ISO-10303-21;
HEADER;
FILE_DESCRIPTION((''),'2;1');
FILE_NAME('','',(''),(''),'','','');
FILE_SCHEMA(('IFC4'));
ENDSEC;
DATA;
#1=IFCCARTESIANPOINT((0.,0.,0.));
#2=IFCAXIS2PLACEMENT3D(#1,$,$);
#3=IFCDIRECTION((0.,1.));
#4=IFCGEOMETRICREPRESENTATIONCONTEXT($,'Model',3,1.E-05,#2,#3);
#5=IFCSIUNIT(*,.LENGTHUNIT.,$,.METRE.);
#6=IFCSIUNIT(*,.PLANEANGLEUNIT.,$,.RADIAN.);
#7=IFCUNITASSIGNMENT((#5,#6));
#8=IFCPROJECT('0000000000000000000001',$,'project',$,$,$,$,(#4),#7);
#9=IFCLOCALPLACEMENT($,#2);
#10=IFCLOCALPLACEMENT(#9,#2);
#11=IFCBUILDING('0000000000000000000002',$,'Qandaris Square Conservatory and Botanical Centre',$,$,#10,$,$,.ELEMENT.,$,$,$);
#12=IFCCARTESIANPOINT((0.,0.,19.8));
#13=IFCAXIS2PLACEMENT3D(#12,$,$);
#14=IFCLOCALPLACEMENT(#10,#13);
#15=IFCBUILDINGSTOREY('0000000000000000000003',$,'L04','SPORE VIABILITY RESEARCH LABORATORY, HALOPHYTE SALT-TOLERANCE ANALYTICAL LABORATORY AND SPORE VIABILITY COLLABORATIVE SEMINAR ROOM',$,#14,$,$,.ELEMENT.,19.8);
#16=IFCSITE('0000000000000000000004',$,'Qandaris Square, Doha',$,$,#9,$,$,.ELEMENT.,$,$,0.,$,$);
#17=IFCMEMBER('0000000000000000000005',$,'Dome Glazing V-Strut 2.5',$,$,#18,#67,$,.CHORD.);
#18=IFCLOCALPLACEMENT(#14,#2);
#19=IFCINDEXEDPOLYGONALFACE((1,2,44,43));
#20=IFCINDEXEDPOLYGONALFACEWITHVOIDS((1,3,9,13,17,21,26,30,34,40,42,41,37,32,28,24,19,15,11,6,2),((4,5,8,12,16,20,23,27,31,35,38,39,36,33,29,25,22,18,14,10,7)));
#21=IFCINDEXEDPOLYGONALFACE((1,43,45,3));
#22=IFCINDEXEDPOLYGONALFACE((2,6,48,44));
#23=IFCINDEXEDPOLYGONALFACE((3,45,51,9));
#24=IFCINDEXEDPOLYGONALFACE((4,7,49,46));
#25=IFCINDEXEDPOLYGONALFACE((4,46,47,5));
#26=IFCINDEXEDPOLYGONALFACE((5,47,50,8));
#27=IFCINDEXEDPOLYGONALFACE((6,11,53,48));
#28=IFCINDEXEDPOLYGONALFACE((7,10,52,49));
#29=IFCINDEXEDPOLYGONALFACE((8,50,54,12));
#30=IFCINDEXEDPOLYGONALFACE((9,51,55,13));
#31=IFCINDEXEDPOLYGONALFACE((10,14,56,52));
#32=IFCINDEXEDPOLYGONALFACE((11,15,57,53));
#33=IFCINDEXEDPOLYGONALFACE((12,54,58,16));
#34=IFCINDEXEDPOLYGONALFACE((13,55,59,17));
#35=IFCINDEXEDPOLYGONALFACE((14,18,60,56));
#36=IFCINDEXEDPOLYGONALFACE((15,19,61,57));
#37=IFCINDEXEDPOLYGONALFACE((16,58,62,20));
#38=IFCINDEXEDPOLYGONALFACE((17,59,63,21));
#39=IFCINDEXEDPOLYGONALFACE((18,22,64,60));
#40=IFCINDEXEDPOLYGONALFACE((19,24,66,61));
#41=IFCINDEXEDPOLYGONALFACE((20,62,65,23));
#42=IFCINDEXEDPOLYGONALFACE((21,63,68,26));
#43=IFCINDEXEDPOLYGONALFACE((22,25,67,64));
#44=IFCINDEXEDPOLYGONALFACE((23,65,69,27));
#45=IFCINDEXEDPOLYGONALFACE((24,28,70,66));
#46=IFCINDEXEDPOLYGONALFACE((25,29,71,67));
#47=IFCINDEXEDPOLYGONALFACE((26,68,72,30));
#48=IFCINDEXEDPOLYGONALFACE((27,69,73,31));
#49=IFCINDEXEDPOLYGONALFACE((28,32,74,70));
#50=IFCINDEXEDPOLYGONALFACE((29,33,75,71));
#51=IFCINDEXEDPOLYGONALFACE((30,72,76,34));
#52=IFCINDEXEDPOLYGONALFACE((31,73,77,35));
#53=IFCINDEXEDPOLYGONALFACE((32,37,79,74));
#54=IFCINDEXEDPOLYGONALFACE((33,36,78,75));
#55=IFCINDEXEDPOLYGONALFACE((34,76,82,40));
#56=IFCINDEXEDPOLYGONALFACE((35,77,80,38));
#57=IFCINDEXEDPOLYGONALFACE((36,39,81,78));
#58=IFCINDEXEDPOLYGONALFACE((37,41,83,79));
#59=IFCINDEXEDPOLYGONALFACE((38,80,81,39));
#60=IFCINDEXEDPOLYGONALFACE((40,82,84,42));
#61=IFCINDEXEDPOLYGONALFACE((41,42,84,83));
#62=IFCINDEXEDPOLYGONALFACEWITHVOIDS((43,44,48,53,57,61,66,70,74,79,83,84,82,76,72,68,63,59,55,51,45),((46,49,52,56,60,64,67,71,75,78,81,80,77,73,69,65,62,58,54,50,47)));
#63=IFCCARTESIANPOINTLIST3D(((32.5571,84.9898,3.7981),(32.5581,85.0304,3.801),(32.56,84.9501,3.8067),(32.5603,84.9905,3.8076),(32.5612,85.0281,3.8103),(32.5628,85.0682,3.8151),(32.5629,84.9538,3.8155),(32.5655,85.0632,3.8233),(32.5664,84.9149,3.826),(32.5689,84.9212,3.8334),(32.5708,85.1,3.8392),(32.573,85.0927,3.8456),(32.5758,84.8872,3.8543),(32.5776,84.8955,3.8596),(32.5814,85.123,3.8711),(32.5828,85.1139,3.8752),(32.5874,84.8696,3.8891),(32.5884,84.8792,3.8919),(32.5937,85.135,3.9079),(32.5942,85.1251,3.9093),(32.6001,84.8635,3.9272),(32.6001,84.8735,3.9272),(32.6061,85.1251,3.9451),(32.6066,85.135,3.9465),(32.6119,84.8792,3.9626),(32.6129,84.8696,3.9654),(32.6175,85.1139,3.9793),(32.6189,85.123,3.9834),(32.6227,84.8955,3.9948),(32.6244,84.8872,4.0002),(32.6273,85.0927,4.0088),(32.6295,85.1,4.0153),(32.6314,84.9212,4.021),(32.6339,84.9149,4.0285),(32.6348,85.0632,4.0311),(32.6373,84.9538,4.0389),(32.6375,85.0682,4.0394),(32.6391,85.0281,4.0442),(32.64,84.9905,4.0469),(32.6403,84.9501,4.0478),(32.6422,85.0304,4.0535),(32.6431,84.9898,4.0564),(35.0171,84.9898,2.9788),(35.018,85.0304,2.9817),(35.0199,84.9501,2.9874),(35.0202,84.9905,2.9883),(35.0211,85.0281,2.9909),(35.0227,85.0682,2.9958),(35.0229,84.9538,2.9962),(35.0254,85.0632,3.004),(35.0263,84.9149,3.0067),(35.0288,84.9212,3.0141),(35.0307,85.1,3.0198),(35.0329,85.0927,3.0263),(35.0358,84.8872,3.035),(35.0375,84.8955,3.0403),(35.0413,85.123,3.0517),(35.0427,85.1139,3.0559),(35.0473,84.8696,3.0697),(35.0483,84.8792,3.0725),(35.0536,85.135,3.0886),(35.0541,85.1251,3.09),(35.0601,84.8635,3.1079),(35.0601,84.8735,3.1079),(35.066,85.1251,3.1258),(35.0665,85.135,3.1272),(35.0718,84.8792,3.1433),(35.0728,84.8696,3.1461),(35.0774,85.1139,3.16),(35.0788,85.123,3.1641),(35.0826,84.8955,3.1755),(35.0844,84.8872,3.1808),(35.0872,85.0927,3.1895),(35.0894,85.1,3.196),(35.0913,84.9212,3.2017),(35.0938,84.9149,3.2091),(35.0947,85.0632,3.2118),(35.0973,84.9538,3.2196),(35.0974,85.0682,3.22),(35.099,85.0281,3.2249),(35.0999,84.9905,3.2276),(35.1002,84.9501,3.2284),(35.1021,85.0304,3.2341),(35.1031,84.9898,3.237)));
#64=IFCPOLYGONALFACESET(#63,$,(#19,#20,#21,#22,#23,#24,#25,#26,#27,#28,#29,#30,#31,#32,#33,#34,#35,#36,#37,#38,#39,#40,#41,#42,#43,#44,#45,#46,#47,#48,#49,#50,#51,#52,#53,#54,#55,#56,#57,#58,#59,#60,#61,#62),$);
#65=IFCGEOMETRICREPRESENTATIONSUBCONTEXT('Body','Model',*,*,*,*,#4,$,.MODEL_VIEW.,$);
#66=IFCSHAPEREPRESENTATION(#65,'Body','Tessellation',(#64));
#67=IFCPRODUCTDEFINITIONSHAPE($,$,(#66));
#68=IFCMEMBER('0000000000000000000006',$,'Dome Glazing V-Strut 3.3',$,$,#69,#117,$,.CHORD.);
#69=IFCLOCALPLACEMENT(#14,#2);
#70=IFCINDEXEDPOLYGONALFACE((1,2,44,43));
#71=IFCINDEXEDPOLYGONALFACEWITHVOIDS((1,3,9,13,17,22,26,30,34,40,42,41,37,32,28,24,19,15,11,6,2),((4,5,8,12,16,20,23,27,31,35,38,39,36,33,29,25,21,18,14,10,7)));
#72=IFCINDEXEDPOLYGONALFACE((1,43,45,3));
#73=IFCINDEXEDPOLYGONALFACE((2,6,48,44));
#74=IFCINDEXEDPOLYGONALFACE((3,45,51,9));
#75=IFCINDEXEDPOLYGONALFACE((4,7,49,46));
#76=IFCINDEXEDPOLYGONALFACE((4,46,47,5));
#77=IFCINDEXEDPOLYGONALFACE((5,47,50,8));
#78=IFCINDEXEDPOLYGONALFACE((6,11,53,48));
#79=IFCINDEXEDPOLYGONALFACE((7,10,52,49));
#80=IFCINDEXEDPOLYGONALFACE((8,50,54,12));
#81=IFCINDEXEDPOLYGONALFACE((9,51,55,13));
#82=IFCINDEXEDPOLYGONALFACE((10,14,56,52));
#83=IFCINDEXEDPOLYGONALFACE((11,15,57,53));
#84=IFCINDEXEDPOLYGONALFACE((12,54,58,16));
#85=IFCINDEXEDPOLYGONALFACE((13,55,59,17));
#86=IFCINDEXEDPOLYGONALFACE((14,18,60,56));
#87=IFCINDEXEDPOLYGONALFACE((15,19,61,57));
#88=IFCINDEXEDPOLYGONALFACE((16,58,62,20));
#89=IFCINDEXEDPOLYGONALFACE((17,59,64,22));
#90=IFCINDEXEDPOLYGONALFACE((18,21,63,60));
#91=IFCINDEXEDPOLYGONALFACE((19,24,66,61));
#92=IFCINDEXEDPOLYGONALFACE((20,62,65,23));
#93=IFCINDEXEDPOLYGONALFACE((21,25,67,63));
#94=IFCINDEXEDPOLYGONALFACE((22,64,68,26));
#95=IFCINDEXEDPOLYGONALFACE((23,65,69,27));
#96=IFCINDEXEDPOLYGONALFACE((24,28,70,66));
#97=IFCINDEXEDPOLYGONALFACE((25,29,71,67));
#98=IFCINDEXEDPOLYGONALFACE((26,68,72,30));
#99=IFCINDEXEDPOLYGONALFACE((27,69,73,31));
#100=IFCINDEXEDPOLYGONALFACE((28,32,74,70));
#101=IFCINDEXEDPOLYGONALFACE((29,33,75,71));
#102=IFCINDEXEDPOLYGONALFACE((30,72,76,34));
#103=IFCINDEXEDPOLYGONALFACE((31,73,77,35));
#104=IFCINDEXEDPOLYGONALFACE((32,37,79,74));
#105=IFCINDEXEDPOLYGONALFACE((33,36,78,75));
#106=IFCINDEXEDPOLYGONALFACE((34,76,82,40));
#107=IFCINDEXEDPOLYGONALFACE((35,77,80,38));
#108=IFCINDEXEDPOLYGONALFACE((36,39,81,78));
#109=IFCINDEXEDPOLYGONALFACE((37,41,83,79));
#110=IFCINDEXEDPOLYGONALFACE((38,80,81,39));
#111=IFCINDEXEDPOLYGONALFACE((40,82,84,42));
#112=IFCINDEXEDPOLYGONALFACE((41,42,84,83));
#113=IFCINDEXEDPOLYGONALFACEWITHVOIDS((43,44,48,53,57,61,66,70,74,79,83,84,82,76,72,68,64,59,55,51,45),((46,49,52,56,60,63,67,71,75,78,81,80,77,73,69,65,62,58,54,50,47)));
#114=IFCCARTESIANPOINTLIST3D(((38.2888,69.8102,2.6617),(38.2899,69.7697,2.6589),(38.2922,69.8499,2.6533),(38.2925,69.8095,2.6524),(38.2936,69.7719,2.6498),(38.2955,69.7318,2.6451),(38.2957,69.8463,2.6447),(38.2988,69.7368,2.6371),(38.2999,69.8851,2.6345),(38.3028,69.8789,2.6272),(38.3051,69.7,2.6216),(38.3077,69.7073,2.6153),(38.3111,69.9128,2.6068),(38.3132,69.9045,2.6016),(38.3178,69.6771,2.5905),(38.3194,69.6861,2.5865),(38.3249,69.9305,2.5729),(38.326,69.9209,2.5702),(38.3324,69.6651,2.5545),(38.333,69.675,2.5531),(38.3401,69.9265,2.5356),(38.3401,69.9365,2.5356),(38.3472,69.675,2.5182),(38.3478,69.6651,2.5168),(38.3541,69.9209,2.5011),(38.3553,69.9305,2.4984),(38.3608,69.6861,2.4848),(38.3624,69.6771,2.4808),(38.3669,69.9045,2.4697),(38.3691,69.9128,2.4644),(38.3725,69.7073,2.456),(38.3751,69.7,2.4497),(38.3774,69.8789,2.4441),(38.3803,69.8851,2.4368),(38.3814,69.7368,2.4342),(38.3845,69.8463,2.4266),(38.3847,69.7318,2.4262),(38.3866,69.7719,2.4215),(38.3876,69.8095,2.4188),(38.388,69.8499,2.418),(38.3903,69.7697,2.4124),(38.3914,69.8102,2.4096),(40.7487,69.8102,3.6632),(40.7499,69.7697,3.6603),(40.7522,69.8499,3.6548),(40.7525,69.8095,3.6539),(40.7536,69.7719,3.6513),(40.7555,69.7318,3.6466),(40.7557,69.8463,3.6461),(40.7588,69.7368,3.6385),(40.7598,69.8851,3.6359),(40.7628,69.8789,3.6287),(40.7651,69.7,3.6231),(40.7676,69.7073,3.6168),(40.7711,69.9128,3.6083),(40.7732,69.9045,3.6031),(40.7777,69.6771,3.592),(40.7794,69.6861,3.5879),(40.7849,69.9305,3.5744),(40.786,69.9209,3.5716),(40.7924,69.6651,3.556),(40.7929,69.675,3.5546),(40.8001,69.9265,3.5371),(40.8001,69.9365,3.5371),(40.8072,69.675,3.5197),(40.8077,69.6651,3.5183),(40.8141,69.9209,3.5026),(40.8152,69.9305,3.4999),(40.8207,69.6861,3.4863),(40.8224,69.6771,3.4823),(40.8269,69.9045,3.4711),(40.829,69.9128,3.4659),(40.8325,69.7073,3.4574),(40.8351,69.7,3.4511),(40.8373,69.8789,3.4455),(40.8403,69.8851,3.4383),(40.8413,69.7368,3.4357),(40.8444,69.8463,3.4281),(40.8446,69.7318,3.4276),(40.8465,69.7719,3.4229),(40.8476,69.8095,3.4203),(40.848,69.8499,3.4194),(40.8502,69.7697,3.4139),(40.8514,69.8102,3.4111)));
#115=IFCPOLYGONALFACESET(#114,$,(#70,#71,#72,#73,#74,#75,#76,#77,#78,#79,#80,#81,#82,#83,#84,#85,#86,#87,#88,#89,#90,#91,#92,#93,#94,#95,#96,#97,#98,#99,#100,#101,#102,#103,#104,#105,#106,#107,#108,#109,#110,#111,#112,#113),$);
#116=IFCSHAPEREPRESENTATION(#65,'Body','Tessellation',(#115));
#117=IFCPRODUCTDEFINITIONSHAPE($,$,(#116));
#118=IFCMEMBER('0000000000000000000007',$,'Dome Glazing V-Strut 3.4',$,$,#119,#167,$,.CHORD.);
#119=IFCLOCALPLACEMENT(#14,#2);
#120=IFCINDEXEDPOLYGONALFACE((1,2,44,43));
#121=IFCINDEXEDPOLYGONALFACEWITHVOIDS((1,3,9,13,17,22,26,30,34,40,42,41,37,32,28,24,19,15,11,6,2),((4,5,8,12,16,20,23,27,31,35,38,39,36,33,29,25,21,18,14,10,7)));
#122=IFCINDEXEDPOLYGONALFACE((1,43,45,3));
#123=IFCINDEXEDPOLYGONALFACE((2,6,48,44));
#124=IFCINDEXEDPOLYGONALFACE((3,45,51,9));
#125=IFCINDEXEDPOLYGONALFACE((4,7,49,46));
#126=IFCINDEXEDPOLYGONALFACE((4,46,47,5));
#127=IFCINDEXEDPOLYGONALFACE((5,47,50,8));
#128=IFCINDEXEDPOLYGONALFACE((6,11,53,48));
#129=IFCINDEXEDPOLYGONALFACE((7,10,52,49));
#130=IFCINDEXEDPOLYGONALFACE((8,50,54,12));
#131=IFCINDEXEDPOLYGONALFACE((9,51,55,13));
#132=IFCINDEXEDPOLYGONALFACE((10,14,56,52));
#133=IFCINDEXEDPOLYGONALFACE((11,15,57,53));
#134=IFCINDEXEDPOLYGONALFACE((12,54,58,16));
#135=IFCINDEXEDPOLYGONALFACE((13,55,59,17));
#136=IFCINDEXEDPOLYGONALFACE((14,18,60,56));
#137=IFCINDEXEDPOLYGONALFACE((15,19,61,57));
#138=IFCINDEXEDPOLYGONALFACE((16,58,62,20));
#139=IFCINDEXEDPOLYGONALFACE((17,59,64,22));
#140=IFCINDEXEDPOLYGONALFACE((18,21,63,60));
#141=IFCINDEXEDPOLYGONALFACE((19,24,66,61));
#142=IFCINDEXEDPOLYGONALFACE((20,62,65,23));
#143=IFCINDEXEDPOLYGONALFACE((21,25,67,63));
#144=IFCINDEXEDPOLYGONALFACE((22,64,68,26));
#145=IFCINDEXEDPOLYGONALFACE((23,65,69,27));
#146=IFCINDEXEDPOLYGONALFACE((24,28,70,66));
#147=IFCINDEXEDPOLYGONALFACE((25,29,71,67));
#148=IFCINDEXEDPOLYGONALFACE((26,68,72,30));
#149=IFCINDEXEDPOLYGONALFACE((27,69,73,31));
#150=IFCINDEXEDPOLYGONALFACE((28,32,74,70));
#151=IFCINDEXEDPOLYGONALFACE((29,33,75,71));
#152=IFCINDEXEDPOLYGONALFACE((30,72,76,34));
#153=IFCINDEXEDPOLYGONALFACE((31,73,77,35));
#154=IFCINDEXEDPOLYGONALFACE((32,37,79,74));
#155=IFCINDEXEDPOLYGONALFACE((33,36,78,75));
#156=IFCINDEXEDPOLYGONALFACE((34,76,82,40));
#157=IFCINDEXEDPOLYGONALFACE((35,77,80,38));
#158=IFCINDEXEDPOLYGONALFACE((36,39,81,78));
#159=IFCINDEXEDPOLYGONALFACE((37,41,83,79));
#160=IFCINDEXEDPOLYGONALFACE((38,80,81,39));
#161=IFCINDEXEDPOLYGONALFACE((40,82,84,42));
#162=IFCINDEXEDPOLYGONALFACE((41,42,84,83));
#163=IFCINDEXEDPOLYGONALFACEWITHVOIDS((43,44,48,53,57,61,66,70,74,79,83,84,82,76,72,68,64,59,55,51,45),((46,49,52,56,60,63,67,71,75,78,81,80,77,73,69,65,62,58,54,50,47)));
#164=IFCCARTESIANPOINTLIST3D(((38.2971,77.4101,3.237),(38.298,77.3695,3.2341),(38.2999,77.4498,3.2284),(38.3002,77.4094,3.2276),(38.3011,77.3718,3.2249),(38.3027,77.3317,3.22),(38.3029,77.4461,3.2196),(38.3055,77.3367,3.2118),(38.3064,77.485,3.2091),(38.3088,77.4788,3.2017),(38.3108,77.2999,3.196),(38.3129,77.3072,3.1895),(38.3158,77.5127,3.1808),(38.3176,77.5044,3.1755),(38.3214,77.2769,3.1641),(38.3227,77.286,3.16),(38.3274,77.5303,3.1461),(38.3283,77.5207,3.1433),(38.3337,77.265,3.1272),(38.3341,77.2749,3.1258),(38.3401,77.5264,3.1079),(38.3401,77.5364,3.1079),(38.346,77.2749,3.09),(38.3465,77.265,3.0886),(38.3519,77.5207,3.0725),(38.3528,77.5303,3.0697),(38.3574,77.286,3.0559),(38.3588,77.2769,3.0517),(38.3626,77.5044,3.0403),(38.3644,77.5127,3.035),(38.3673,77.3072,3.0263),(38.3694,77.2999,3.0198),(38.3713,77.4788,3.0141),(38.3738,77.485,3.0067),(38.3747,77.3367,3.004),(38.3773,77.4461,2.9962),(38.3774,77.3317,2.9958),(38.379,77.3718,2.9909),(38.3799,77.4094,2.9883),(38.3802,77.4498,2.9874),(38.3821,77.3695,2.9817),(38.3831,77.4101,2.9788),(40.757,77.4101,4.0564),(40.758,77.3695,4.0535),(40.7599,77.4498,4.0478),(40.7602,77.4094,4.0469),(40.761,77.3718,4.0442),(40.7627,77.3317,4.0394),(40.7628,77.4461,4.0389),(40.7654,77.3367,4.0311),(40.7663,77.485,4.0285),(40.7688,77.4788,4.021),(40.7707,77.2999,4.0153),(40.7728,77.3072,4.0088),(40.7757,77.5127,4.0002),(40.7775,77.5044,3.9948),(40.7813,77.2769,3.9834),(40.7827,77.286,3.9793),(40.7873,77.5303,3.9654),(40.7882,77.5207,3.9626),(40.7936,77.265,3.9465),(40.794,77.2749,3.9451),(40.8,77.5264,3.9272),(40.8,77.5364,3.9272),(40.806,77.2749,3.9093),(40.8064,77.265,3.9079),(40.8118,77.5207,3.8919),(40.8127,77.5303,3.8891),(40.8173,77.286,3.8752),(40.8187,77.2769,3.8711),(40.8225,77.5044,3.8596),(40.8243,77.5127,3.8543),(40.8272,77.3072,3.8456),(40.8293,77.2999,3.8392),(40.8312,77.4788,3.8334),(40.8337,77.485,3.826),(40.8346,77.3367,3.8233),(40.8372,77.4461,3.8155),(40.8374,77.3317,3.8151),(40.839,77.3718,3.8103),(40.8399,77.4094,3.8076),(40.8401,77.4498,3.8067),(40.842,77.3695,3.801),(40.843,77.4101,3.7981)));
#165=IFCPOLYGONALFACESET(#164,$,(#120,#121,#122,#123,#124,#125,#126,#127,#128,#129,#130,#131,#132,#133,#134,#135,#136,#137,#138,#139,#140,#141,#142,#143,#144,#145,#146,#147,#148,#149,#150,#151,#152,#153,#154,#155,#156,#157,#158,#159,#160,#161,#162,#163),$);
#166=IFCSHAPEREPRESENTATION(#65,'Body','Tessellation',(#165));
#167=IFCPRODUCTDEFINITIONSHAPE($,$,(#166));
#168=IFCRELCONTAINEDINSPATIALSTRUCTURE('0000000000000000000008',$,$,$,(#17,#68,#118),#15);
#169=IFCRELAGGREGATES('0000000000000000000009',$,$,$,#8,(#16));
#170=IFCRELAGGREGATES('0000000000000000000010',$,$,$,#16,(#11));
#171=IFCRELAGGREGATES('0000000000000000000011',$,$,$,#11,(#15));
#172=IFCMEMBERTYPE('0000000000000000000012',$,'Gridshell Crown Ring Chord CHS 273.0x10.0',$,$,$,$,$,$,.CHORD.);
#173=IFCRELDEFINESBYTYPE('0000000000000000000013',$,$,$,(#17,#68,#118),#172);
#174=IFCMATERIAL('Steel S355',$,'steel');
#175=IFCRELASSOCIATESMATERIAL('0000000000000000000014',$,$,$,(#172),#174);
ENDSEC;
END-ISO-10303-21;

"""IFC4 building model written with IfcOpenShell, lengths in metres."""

from ifc_helpers import new_model, si_unit, direction, frame, origin, origin_2d, place, context, subcontext, project, spatial, hollow_circle, extrude, material, material_profile, profile_set, type_object, element, save


model = new_model("IFC4")

# Units and contexts
model_context = context("Model", 3, precision=1e-05, world=origin(), true_north=direction((0.0, 1.0)))
body_context = subcontext(model_context, "Body", "Model", "MODEL_VIEW")
ifc_project = project(units=[si_unit("LENGTHUNIT", "METRE"), si_unit("PLANEANGLEUNIT", "RADIAN")], contexts=[model_context])

# Site, building, storey
site_placement = place(None, origin())
site = spatial("IfcSite", under=ifc_project, at=site_placement, Name="Qandaris Square, Doha", CompositionType="ELEMENT", RefElevation=0.0)
building_placement = place(site_placement, origin())
building = spatial("IfcBuilding", under=site, at=building_placement, Name="Qandaris Square Conservatory and Botanical Centre", CompositionType="ELEMENT")
storey_placement = place(building_placement, frame((0.0, 0.0, 19.8)))
storey = spatial("IfcBuildingStorey", under=building, at=storey_placement, Name="L04", Description="SPORE VIABILITY RESEARCH LABORATORY, HALOPHYTE SALT-TOLERANCE ANALYTICAL LABORATORY AND SPORE VIABILITY COLLABORATIVE SEMINAR ROOM", CompositionType="ELEMENT", Elevation=19.8)

# Members
ifc_material = material(Name="Steel S355", Category="steel")
ifc_material_profile_1 = material_profile(ifc_material, hollow_circle(Radius=0.1365, WallThickness=0.01, at=origin_2d()), Name="CHS 273.0x10.0")
ifc_profile_set_1 = profile_set([ifc_material_profile_1], Name="Steel S355")
member_type_1 = type_object("IfcMemberType", Name="Gridshell Crown Ring Chord CHS 273.0x10.0", PredefinedType="CHORD", material=ifc_profile_set_1)
for number, where, z_axis, x_axis, name in (
    (1, (35.0601, 85.0, 3.1079), (-0.948759, 0.0, 0.316002), (0.0, -1.0, 0.0), "Dome Glazing V-Strut 2.5"),
):
    element("IfcMember", number, at=place(storey_placement, frame(where, z_axis=z_axis, x_axis=x_axis)), inside=storey, type_object=member_type_1, Name=name, PredefinedType="CHORD", context=body_context, shape_type="SweptSolid", body=[
        extrude(hollow_circle(Radius=0.1365, WallThickness=0.01, at=origin_2d()), origin(), (0.0, 0.0, 1.0), 2.5928),
    ])
member_1_placement = place(storey_placement, frame((38.3401, 69.8, 2.5356), z_axis=(0.92619, 0.0, 0.377057), x_axis=(0.0, 1.0, 0.0)))
element("IfcMember", 2, at=member_1_placement, inside=storey, type_object=member_type_1, Name="Dome Glazing V-Strut 3.3", PredefinedType="CHORD", context=body_context, shape_type="SweptSolid", body=[
    extrude(hollow_circle(Radius=0.1365, WallThickness=0.01, at=origin_2d()), origin(), (0.0, 0.0, 1.0), 2.656),
])
for number, where, z_axis, x_axis, name in (
    (3, (38.3401, 77.3999, 3.1079), (0.948759, 0.0, 0.316002), (0.0, 1.0, 0.0), "Dome Glazing V-Strut 3.4"),
):
    element("IfcMember", number, at=place(storey_placement, frame(where, z_axis=z_axis, x_axis=x_axis)), inside=storey, type_object=member_type_1, Name=name, PredefinedType="CHORD", context=body_context, shape_type="SweptSolid", body=[
        extrude(hollow_circle(Radius=0.1365, WallThickness=0.01, at=origin_2d()), origin(), (0.0, 0.0, 1.0), 2.5928),
    ])

save(model, "model.ifc")
